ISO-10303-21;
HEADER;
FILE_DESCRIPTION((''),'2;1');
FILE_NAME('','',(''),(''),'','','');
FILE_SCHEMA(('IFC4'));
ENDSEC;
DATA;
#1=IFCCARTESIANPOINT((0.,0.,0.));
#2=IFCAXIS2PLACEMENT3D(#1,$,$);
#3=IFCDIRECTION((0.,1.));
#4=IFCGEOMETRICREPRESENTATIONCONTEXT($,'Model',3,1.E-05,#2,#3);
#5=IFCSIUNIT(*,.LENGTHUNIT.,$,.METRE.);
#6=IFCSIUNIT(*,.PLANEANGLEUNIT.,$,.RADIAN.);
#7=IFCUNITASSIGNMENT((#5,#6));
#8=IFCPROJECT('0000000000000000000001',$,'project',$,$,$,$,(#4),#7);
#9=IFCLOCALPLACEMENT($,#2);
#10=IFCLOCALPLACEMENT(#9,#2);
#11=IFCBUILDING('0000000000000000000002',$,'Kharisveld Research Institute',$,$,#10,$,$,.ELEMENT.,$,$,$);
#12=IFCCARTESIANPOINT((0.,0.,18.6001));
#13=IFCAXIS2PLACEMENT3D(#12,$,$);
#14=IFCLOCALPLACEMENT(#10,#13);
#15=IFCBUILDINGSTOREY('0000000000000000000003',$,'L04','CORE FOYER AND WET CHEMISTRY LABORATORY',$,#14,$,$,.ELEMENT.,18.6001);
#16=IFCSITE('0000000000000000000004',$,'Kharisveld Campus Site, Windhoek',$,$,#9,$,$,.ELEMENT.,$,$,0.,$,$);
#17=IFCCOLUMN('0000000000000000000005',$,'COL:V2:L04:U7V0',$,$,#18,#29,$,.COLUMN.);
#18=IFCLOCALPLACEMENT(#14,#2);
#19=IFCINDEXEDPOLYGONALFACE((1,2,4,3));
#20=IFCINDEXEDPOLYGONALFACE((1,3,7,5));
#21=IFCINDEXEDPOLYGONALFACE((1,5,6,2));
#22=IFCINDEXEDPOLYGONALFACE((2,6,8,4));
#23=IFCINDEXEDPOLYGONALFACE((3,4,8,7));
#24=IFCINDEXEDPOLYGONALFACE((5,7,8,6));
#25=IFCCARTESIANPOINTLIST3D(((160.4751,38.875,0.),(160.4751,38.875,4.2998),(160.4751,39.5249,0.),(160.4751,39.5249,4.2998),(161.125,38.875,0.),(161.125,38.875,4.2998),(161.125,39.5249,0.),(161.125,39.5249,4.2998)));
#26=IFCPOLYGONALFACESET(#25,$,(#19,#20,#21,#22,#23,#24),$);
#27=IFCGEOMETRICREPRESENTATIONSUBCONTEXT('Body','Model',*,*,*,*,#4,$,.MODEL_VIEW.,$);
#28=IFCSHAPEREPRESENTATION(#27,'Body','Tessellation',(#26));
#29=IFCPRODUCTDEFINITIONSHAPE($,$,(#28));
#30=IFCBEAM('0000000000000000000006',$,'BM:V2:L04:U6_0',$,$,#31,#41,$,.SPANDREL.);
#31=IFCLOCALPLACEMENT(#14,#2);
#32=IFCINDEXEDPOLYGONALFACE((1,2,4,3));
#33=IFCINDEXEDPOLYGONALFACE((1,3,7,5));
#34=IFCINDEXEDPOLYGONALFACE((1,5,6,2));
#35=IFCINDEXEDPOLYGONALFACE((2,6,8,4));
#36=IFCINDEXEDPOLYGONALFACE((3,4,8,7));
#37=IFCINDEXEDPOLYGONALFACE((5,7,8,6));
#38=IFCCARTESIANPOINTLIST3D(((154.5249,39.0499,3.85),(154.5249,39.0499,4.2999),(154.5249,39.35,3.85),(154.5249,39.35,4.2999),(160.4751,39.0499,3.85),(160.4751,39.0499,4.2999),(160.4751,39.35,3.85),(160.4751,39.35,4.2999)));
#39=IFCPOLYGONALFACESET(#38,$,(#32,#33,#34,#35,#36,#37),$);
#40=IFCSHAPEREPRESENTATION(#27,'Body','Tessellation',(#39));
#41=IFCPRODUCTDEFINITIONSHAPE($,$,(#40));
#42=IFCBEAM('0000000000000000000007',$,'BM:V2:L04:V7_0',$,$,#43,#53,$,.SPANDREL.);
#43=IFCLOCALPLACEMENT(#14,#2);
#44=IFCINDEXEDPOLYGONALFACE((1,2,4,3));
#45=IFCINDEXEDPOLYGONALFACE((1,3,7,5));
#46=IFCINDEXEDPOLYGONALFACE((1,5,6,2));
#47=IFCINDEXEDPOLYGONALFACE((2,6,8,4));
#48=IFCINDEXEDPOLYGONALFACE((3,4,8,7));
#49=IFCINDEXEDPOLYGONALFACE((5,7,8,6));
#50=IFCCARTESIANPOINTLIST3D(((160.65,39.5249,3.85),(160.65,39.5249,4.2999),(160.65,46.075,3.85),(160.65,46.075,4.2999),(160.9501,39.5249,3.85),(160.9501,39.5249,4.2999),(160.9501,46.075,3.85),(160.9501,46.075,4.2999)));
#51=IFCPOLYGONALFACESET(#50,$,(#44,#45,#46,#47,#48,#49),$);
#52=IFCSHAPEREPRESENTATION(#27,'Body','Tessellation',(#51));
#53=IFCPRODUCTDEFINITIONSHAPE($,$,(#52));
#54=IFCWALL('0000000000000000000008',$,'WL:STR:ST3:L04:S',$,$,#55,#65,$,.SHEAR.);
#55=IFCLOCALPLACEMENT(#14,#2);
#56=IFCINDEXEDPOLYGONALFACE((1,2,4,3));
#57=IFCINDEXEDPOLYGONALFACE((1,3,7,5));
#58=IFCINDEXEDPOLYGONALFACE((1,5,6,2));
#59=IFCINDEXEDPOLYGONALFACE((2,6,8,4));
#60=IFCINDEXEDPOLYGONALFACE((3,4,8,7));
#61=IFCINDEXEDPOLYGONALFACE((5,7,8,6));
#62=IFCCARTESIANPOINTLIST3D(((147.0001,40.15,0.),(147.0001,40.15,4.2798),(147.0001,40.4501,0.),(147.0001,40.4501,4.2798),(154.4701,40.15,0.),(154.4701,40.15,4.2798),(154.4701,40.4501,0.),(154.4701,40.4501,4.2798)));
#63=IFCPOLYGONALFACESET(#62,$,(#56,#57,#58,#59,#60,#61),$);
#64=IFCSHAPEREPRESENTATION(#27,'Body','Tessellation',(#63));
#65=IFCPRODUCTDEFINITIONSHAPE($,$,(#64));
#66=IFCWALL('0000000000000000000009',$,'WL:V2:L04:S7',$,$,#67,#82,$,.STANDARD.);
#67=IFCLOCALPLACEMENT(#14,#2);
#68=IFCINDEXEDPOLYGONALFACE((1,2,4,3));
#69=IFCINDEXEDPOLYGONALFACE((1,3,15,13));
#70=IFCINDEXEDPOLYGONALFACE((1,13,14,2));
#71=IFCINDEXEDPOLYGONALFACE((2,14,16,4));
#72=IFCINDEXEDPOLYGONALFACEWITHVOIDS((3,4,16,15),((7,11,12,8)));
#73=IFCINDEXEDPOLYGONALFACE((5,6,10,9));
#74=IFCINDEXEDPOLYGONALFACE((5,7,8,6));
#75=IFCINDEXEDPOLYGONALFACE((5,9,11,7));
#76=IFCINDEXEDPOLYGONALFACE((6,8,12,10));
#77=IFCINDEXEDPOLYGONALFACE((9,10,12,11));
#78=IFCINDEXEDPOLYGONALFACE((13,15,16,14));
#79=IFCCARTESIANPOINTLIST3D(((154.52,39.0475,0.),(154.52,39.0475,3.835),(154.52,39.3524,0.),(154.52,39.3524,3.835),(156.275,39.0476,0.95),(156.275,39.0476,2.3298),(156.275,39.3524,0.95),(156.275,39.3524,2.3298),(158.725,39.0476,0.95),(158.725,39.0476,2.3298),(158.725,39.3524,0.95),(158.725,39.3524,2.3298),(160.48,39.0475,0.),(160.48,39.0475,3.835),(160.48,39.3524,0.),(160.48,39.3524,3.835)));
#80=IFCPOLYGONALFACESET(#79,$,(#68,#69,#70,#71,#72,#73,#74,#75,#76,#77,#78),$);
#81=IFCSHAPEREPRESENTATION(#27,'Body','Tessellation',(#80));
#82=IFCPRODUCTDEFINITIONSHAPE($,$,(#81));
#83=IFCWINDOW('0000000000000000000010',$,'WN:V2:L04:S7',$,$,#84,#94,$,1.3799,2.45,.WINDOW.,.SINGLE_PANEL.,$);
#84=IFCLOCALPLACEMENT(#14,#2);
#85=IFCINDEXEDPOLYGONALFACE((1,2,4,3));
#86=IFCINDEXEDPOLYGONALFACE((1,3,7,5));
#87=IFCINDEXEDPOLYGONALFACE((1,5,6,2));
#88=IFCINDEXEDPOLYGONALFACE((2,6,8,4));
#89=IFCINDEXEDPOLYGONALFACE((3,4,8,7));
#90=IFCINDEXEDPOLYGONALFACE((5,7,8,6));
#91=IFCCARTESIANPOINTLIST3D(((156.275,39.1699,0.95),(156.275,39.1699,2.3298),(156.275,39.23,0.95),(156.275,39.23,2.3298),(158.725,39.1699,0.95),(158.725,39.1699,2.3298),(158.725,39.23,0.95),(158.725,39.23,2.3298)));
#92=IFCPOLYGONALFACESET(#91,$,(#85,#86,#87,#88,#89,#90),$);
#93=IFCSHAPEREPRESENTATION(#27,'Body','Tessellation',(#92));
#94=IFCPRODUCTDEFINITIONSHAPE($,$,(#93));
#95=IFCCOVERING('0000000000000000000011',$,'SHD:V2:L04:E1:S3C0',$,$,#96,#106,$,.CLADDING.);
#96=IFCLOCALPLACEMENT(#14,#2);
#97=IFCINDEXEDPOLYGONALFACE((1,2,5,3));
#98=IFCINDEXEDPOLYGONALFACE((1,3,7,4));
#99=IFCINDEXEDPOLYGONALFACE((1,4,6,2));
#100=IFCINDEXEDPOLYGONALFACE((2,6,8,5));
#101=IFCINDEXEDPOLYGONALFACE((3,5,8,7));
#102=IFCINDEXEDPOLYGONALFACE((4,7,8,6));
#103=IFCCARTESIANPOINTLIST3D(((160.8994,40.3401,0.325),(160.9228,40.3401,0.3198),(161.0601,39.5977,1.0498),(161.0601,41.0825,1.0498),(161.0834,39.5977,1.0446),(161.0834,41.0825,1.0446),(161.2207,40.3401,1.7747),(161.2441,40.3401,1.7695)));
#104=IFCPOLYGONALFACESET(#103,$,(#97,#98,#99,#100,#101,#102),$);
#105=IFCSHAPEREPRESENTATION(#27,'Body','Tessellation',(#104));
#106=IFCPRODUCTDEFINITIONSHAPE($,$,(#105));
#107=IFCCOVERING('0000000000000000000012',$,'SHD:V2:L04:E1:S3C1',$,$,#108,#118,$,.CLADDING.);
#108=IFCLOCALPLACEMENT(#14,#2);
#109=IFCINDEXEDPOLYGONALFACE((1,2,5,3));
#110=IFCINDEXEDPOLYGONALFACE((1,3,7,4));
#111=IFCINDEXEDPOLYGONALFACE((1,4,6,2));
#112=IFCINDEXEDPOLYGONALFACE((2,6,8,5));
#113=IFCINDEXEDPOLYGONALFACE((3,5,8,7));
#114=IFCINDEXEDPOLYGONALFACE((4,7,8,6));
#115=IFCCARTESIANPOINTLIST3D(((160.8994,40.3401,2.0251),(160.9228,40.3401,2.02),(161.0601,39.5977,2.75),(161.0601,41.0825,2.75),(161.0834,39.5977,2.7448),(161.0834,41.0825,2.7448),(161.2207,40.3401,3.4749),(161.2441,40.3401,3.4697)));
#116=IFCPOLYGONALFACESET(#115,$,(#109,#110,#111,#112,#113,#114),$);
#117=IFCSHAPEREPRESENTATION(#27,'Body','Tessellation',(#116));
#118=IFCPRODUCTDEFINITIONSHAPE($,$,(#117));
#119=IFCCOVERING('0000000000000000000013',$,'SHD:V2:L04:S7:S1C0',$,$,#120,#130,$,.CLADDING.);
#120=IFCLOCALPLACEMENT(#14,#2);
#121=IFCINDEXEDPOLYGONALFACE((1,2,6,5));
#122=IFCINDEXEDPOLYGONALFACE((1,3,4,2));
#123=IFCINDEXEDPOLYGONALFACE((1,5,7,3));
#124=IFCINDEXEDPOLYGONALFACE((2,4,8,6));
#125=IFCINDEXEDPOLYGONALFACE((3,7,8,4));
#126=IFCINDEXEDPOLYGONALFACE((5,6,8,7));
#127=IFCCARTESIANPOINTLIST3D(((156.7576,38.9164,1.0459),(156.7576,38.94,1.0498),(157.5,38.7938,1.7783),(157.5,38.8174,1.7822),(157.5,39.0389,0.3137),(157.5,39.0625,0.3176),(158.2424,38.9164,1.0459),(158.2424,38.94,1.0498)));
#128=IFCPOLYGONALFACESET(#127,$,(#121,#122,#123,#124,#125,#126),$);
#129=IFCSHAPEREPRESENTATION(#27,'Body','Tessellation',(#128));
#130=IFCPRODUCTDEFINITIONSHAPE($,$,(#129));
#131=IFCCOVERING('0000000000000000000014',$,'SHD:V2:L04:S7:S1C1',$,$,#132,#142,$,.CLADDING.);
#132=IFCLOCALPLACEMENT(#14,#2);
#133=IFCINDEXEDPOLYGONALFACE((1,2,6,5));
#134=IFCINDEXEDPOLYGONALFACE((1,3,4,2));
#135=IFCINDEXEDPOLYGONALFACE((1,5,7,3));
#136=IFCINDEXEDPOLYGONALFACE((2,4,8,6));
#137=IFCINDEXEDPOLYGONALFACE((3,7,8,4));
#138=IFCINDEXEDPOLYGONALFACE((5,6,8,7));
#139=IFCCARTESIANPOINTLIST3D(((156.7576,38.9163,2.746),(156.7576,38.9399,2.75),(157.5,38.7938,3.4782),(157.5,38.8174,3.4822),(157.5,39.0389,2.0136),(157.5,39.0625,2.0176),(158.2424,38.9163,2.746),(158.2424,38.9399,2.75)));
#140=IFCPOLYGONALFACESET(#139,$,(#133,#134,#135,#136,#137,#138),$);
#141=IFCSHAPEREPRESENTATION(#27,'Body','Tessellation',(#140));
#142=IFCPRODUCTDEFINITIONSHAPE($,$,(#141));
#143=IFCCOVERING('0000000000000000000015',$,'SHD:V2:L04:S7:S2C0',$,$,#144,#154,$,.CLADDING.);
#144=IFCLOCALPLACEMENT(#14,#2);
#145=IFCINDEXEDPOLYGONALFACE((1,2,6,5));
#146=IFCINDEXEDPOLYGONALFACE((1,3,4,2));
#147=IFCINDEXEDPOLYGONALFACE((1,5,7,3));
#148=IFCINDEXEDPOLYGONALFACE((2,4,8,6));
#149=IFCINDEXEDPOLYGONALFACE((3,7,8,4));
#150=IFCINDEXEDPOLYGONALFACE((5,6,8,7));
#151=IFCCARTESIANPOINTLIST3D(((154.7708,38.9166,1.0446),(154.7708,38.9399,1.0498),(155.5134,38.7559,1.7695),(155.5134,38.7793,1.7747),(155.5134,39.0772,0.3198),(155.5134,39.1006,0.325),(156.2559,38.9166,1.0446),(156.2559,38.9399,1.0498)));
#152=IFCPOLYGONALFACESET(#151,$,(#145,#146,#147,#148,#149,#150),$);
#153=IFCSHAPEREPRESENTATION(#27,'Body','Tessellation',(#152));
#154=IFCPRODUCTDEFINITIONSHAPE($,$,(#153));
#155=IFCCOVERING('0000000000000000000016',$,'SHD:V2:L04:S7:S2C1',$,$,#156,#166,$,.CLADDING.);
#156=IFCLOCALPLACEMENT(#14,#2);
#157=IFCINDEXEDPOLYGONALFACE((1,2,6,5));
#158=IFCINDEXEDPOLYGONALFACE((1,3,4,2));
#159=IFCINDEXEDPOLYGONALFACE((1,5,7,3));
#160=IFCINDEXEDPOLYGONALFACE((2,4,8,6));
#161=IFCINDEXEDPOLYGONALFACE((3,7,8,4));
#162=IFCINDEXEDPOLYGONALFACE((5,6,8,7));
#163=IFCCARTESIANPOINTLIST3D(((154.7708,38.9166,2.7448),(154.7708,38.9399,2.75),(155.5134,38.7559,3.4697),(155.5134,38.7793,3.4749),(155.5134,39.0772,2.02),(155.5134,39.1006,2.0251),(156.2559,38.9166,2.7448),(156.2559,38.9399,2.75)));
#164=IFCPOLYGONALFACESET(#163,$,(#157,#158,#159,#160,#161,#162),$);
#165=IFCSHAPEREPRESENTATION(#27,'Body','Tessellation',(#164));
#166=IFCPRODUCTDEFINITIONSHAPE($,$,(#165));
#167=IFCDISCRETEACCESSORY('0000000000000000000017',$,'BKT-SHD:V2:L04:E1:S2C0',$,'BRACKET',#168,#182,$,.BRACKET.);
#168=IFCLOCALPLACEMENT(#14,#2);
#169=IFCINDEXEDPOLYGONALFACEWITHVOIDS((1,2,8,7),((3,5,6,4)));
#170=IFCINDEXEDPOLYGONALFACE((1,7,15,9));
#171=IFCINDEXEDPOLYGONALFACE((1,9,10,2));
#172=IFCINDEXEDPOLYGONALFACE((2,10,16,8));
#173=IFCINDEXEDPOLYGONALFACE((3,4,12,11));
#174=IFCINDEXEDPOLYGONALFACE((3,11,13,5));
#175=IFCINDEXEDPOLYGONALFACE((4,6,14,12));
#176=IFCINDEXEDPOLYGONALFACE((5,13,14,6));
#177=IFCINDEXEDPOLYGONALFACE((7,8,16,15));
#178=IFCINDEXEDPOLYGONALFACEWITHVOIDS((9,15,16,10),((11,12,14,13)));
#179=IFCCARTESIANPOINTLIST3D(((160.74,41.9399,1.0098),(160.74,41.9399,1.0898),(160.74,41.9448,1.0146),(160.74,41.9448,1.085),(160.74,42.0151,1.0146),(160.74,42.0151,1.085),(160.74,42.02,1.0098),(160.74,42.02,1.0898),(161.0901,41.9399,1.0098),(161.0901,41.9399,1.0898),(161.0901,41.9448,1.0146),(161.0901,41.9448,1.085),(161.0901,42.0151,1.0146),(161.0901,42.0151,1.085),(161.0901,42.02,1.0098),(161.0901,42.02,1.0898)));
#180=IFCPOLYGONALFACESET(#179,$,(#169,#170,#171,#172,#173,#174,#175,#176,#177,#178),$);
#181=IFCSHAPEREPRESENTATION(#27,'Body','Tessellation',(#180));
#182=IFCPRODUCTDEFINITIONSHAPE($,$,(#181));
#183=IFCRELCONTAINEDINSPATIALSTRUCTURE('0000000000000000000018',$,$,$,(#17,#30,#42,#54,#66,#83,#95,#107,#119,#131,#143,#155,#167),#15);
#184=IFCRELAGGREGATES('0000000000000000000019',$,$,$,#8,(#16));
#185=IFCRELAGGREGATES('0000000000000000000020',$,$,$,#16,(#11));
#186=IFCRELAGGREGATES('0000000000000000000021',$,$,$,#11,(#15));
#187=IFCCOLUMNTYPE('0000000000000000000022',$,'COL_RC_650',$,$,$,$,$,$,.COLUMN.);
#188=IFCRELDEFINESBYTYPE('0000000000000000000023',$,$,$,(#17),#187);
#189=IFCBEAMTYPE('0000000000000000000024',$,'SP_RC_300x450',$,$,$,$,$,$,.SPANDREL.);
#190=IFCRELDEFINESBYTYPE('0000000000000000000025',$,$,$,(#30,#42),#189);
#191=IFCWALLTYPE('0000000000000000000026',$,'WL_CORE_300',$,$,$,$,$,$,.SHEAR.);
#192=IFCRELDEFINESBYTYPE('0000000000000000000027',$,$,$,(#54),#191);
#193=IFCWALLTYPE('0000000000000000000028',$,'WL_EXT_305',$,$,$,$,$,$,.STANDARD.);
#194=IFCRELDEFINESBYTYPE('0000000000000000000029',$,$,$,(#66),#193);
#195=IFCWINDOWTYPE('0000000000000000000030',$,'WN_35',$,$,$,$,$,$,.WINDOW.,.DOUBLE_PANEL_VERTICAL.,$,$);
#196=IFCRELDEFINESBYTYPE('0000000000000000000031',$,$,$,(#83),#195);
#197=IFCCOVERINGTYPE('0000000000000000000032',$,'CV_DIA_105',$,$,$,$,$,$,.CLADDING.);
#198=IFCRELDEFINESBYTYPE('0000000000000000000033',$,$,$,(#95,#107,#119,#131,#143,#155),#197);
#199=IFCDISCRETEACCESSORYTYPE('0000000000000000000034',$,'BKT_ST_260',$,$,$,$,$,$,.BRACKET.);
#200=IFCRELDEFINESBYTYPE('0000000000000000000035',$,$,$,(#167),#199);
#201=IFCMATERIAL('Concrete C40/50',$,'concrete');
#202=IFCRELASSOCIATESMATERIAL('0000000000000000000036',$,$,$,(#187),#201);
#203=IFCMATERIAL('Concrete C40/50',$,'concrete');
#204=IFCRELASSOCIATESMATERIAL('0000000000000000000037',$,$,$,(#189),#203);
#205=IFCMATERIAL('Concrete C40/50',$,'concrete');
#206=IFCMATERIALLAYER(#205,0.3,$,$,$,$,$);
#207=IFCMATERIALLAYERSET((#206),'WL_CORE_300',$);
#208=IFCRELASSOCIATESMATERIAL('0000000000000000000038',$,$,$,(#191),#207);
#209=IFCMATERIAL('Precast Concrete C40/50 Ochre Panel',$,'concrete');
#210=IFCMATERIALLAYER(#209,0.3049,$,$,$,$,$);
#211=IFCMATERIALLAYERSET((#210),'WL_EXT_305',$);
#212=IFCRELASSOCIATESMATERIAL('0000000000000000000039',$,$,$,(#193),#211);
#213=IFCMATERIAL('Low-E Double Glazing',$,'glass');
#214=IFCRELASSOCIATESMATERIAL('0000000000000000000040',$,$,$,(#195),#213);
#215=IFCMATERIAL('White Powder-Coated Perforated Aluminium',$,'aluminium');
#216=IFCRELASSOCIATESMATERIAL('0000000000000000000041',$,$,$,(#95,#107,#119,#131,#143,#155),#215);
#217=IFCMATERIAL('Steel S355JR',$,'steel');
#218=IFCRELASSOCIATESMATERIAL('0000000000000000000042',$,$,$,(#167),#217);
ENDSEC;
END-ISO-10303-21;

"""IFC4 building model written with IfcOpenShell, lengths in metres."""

from ifc_helpers import new_model, si_unit, direction, frame, frame_2d, origin, origin_2d, place, context, subcontext, project, spatial, polyline, rectangle, hollow_rectangle, outline, extrude, material, layer, layer_set, material_profile, profile_set, type_object, element, fill, save


model = new_model("IFC4")

# Units and contexts
model_context = context("Model", 3, precision=1e-05, world=origin(), true_north=direction((0.0, 1.0)))
body_context = subcontext(model_context, "Body", "Model", "MODEL_VIEW")
ifc_project = project(units=[si_unit("LENGTHUNIT", "METRE"), si_unit("PLANEANGLEUNIT", "RADIAN")], contexts=[model_context])

# Site, building, storey
site_placement = place(None, origin())
site = spatial("IfcSite", under=ifc_project, at=site_placement, Name="Kharisveld Campus Site, Windhoek", CompositionType="ELEMENT", RefElevation=0.0)
building_placement = place(site_placement, origin())
building = spatial("IfcBuilding", under=site, at=building_placement, Name="Kharisveld Research Institute", CompositionType="ELEMENT")
storey_placement = place(building_placement, frame((0.0, 0.0, 18.6001)))
storey = spatial("IfcBuildingStorey", under=building, at=storey_placement, Name="L04", Description="CORE FOYER AND WET CHEMISTRY LABORATORY", CompositionType="ELEMENT", Elevation=18.6001)

# Column
ifc_material_1 = material(Name="Concrete C40/50", Category="concrete")
ifc_material_profile_1 = material_profile(ifc_material_1, rectangle(XDim=0.6499, YDim=0.6499, at=origin_2d()))
ifc_profile_set_1 = profile_set([ifc_material_profile_1], Name="Concrete C40/50")
column_type = type_object("IfcColumnType", Name="COL_RC_650", PredefinedType="COLUMN", material=ifc_profile_set_1)
column_placement = place(storey_placement, frame((160.8, 39.2, 0.0), z_axis=(0.0, 0.0, 1.0), x_axis=(1.0, 0.0, 0.0)))
element("IfcColumn", 1, at=column_placement, inside=storey, type_object=column_type, Name="COL:V2:L04:U7V0", PredefinedType="COLUMN", context=body_context, shape_type="SweptSolid", body=[
    extrude(rectangle(XDim=0.6499, YDim=0.6499, at=origin_2d()), origin(), (0.0, 0.0, 1.0), 4.2998),
])

# Beams
ifc_material_2 = material(Name="Concrete C40/50", Category="concrete")
ifc_material_profile_2 = material_profile(ifc_material_2, rectangle(XDim=0.3, YDim=0.45, at=origin_2d()))
ifc_profile_set_2 = profile_set([ifc_material_profile_2], Name="Concrete C40/50")
beam_type = type_object("IfcBeamType", Name="SP_RC_300x450", PredefinedType="SPANDREL", material=ifc_profile_set_2)
beam_1_placement = place(storey_placement, frame((154.5249, 39.2, 4.075), z_axis=(1.0, 0.0, 0.0), x_axis=(0.0, 1.0, 0.0)))
element("IfcBeam", 2, at=beam_1_placement, inside=storey, type_object=beam_type, Name="BM:V2:L04:U6_0", PredefinedType="SPANDREL", context=body_context, shape_type="SweptSolid", body=[
    extrude(rectangle(XDim=0.3, YDim=0.45, at=origin_2d()), origin(), (0.0, 0.0, 1.0), 5.9502),
])
beam_2_placement = place(storey_placement, frame((160.8, 39.5249, 4.075), z_axis=(0.0, 1.0, 0.0), x_axis=(-1.0, 0.0, 0.0)))
element("IfcBeam", 3, at=beam_2_placement, inside=storey, type_object=beam_type, Name="BM:V2:L04:V7_0", PredefinedType="SPANDREL", context=body_context, shape_type="SweptSolid", body=[
    extrude(rectangle(XDim=0.3, YDim=0.45, at=origin_2d()), origin(), (0.0, 0.0, 1.0), 6.55),
])

# Wall
ifc_material_3 = material(Name="Concrete C40/50", Category="concrete")
ifc_layer_1 = layer(ifc_material_3, 0.3)
ifc_layer_set_1 = layer_set([ifc_layer_1], Name="WL_CORE_300")
wall_type_1 = type_object("IfcWallType", Name="WL_CORE_300", PredefinedType="SHEAR", material=ifc_layer_set_1)
wall_1_placement = place(storey_placement, frame((154.47, 40.3, 0.0), z_axis=(0.0, 0.0, 1.0), x_axis=(-1.0, 0.0, 0.0)))
element("IfcWall", 4, at=wall_1_placement, inside=storey, type_object=wall_type_1, Name="WL:STR:ST3:L04:S", PredefinedType="SHEAR", context=body_context, shape_type="SweptSolid", body=[
    extrude(rectangle(XDim=7.47, YDim=0.3, at=frame_2d((3.7349, 0.0))), origin(), (0.0, 0.0, 1.0), 4.2798),
])

# Wall, opening, window
ifc_material_4 = material(Name="Precast Concrete C40/50 Ochre Panel", Category="concrete")
ifc_layer_2 = layer(ifc_material_4, 0.3049)
ifc_layer_set_2 = layer_set([ifc_layer_2], Name="WL_EXT_305")
wall_type_2 = type_object("IfcWallType", Name="WL_EXT_305", PredefinedType="STANDARD", material=ifc_layer_set_2)
wall_2_placement = place(storey_placement, frame((160.48, 39.2, 0.0), z_axis=(0.0, 0.0, 1.0), x_axis=(-1.0, 0.0, 0.0)))
wall_2 = element("IfcWall", 5, at=wall_2_placement, inside=storey, type_object=wall_type_2, Name="WL:V2:L04:S7", PredefinedType="STANDARD", context=body_context, shape_type="SweptSolid", body=[
    extrude(rectangle(XDim=5.96, YDim=0.3049, at=frame_2d((2.98, 0.0))), origin(), (0.0, 0.0, 1.0), 3.835),
])
opening_placement = place(wall_2_placement, frame((1.7549, 0.0, 0.95)))
opening = element("IfcOpeningElement", 6, at=opening_placement, cuts=wall_2, PredefinedType="OPENING", context=body_context, shape_type="SweptSolid", body=[
    extrude(rectangle(XDim=2.45, YDim=1.3799, at=frame_2d((1.2251, 0.6899))), frame((0.0, 0.1523, 0.0), z_axis=(0.0, -1.0, 0.0), x_axis=(1.0, 0.0, 0.0)), (0.0, 0.0, 1.0), 0.3049),
])
ifc_material_5 = material(Name="Low-E Double Glazing", Category="glass")
window_type = type_object("IfcWindowType", Name="WN_35", PartitioningType="DOUBLE_PANEL_VERTICAL", PredefinedType="WINDOW", material=ifc_material_5)
window_placement = place(opening_placement, origin())
window = element("IfcWindow", 7, at=window_placement, inside=storey, type_object=window_type, Name="WN:V2:L04:S7", OverallHeight=1.3799, OverallWidth=2.45, PartitioningType="SINGLE_PANEL", PredefinedType="WINDOW", context=body_context, shape_type="SweptSolid", body=[
    extrude(rectangle(XDim=2.45, YDim=1.3799, at=frame_2d((1.2251, 0.6899))), frame((0.0, 0.03, 0.0), z_axis=(0.0, -1.0, 0.0), x_axis=(1.0, 0.0, 0.0)), (0.0, 0.0, 1.0), 0.0601),
])
fill(opening, window)

# Coverings
ifc_material_6 = material(Name="White Powder-Coated Perforated Aluminium", Category="aluminium")
covering_type = type_object("IfcCoveringType", Name="CV_DIA_105", PredefinedType="CLADDING")
for number, where, z_axis, x_axis, name in (
    (8, (160.8994, 40.3401, 0.325), (-0.976311, 0.0, 0.216373), (0.153, -0.707102, 0.69036), "SHD:V2:L04:E1:S3C0"),
    (9, (160.8994, 40.3401, 2.0251), (-0.976311, 0.0, 0.216373), (0.153, -0.707102, 0.69036), "SHD:V2:L04:E1:S3C1"),
):
    element("IfcCovering", number, at=place(storey_placement, frame(where, z_axis=z_axis, x_axis=x_axis)), inside=storey, type_object=covering_type, material=ifc_material_6, Name=name, PredefinedType="CLADDING", context=body_context, shape_type="SweptSolid", body=[
        extrude(outline(polyline([(0.0, 0.0), (1.05, 0.0), (1.05, 1.05), (0.0, 1.05), (0.0, 0.0)])), origin(), (0.0, 0.0, -1.0), 0.0239),
    ])
covering_1_placement = place(storey_placement, frame((157.5, 39.0625, 0.3176), z_axis=(0.0, 0.986283, 0.165065), x_axis=(-0.707139, -0.116714, 0.697376)))
element("IfcCovering", 10, at=covering_1_placement, inside=storey, type_object=covering_type, material=ifc_material_6, Name="SHD:V2:L04:S7:S1C0", PredefinedType="CLADDING", context=body_context, shape_type="SweptSolid", body=[
    extrude(outline(polyline([(0.0, 0.0), (1.0499, 0.0), (1.05, 1.0501), (-0.0001, 1.0499), (0.0, 0.0)])), origin(), (0.0, 0.0, -1.0), 0.0239),
])
covering_2_placement = place(storey_placement, frame((157.5, 39.0625, 2.0176), z_axis=(0.0, 0.986283, 0.165065), x_axis=(-0.707024, -0.116733, 0.697489)))
element("IfcCovering", 11, at=covering_2_placement, inside=storey, type_object=covering_type, material=ifc_material_6, Name="SHD:V2:L04:S7:S1C1", PredefinedType="CLADDING", context=body_context, shape_type="SweptSolid", body=[
    extrude(outline(polyline([(0.0, 0.0), (1.0501, 0.0), (1.0502, 1.0499), (0.0002, 1.0501), (0.0, 0.0)])), origin(), (0.0, 0.0, -1.0), 0.0239),
])
for number, where, z_axis, x_axis, name in (
    (12, (155.5134, 39.1006, 0.325), (0.0, 0.976311, 0.216373), (-0.707218, -0.152975, 0.690247), "SHD:V2:L04:S7:S2C0"),
    (13, (155.5134, 39.1006, 2.0251), (0.0, 0.976311, 0.216373), (-0.707218, -0.152975, 0.690247), "SHD:V2:L04:S7:S2C1"),
):
    element("IfcCovering", number, at=place(storey_placement, frame(where, z_axis=z_axis, x_axis=x_axis)), inside=storey, type_object=covering_type, material=ifc_material_6, Name=name, PredefinedType="CLADDING", context=body_context, shape_type="SweptSolid", body=[
        extrude(outline(polyline([(0.0, 0.0), (1.0501, 0.0), (1.0498, 1.0501), (-0.0002, 1.05), (0.0, 0.0)])), origin(), (0.0, 0.0, -1.0), 0.0239),
    ])

# Discrete accessory
ifc_material_7 = material(Name="Steel S355JR", Category="steel")
discrete_accessory_type = type_object("IfcDiscreteAccessoryType", Name="BKT_ST_260", PredefinedType="BRACKET")
for number, where, z_axis, x_axis, name in (
    (14, (160.74, 41.98, 1.0498), (1.0, 0.0, 0.0), (0.0, 1.0, 0.0), "BKT-SHD:V2:L04:E1:S2C0"),
):
    element("IfcDiscreteAccessory", number, at=place(storey_placement, frame(where, z_axis=z_axis, x_axis=x_axis)), inside=storey, type_object=discrete_accessory_type, material=ifc_material_7, Name=name, ObjectType="BRACKET", PredefinedType="BRACKET", context=body_context, shape_type="SweptSolid", body=[
        extrude(hollow_rectangle(XDim=0.0801, YDim=0.0801, WallThickness=0.0049, at=origin_2d()), origin(), (0.0, 0.0, 1.0), 0.3501),
    ])

save(model, "model.ifc")
